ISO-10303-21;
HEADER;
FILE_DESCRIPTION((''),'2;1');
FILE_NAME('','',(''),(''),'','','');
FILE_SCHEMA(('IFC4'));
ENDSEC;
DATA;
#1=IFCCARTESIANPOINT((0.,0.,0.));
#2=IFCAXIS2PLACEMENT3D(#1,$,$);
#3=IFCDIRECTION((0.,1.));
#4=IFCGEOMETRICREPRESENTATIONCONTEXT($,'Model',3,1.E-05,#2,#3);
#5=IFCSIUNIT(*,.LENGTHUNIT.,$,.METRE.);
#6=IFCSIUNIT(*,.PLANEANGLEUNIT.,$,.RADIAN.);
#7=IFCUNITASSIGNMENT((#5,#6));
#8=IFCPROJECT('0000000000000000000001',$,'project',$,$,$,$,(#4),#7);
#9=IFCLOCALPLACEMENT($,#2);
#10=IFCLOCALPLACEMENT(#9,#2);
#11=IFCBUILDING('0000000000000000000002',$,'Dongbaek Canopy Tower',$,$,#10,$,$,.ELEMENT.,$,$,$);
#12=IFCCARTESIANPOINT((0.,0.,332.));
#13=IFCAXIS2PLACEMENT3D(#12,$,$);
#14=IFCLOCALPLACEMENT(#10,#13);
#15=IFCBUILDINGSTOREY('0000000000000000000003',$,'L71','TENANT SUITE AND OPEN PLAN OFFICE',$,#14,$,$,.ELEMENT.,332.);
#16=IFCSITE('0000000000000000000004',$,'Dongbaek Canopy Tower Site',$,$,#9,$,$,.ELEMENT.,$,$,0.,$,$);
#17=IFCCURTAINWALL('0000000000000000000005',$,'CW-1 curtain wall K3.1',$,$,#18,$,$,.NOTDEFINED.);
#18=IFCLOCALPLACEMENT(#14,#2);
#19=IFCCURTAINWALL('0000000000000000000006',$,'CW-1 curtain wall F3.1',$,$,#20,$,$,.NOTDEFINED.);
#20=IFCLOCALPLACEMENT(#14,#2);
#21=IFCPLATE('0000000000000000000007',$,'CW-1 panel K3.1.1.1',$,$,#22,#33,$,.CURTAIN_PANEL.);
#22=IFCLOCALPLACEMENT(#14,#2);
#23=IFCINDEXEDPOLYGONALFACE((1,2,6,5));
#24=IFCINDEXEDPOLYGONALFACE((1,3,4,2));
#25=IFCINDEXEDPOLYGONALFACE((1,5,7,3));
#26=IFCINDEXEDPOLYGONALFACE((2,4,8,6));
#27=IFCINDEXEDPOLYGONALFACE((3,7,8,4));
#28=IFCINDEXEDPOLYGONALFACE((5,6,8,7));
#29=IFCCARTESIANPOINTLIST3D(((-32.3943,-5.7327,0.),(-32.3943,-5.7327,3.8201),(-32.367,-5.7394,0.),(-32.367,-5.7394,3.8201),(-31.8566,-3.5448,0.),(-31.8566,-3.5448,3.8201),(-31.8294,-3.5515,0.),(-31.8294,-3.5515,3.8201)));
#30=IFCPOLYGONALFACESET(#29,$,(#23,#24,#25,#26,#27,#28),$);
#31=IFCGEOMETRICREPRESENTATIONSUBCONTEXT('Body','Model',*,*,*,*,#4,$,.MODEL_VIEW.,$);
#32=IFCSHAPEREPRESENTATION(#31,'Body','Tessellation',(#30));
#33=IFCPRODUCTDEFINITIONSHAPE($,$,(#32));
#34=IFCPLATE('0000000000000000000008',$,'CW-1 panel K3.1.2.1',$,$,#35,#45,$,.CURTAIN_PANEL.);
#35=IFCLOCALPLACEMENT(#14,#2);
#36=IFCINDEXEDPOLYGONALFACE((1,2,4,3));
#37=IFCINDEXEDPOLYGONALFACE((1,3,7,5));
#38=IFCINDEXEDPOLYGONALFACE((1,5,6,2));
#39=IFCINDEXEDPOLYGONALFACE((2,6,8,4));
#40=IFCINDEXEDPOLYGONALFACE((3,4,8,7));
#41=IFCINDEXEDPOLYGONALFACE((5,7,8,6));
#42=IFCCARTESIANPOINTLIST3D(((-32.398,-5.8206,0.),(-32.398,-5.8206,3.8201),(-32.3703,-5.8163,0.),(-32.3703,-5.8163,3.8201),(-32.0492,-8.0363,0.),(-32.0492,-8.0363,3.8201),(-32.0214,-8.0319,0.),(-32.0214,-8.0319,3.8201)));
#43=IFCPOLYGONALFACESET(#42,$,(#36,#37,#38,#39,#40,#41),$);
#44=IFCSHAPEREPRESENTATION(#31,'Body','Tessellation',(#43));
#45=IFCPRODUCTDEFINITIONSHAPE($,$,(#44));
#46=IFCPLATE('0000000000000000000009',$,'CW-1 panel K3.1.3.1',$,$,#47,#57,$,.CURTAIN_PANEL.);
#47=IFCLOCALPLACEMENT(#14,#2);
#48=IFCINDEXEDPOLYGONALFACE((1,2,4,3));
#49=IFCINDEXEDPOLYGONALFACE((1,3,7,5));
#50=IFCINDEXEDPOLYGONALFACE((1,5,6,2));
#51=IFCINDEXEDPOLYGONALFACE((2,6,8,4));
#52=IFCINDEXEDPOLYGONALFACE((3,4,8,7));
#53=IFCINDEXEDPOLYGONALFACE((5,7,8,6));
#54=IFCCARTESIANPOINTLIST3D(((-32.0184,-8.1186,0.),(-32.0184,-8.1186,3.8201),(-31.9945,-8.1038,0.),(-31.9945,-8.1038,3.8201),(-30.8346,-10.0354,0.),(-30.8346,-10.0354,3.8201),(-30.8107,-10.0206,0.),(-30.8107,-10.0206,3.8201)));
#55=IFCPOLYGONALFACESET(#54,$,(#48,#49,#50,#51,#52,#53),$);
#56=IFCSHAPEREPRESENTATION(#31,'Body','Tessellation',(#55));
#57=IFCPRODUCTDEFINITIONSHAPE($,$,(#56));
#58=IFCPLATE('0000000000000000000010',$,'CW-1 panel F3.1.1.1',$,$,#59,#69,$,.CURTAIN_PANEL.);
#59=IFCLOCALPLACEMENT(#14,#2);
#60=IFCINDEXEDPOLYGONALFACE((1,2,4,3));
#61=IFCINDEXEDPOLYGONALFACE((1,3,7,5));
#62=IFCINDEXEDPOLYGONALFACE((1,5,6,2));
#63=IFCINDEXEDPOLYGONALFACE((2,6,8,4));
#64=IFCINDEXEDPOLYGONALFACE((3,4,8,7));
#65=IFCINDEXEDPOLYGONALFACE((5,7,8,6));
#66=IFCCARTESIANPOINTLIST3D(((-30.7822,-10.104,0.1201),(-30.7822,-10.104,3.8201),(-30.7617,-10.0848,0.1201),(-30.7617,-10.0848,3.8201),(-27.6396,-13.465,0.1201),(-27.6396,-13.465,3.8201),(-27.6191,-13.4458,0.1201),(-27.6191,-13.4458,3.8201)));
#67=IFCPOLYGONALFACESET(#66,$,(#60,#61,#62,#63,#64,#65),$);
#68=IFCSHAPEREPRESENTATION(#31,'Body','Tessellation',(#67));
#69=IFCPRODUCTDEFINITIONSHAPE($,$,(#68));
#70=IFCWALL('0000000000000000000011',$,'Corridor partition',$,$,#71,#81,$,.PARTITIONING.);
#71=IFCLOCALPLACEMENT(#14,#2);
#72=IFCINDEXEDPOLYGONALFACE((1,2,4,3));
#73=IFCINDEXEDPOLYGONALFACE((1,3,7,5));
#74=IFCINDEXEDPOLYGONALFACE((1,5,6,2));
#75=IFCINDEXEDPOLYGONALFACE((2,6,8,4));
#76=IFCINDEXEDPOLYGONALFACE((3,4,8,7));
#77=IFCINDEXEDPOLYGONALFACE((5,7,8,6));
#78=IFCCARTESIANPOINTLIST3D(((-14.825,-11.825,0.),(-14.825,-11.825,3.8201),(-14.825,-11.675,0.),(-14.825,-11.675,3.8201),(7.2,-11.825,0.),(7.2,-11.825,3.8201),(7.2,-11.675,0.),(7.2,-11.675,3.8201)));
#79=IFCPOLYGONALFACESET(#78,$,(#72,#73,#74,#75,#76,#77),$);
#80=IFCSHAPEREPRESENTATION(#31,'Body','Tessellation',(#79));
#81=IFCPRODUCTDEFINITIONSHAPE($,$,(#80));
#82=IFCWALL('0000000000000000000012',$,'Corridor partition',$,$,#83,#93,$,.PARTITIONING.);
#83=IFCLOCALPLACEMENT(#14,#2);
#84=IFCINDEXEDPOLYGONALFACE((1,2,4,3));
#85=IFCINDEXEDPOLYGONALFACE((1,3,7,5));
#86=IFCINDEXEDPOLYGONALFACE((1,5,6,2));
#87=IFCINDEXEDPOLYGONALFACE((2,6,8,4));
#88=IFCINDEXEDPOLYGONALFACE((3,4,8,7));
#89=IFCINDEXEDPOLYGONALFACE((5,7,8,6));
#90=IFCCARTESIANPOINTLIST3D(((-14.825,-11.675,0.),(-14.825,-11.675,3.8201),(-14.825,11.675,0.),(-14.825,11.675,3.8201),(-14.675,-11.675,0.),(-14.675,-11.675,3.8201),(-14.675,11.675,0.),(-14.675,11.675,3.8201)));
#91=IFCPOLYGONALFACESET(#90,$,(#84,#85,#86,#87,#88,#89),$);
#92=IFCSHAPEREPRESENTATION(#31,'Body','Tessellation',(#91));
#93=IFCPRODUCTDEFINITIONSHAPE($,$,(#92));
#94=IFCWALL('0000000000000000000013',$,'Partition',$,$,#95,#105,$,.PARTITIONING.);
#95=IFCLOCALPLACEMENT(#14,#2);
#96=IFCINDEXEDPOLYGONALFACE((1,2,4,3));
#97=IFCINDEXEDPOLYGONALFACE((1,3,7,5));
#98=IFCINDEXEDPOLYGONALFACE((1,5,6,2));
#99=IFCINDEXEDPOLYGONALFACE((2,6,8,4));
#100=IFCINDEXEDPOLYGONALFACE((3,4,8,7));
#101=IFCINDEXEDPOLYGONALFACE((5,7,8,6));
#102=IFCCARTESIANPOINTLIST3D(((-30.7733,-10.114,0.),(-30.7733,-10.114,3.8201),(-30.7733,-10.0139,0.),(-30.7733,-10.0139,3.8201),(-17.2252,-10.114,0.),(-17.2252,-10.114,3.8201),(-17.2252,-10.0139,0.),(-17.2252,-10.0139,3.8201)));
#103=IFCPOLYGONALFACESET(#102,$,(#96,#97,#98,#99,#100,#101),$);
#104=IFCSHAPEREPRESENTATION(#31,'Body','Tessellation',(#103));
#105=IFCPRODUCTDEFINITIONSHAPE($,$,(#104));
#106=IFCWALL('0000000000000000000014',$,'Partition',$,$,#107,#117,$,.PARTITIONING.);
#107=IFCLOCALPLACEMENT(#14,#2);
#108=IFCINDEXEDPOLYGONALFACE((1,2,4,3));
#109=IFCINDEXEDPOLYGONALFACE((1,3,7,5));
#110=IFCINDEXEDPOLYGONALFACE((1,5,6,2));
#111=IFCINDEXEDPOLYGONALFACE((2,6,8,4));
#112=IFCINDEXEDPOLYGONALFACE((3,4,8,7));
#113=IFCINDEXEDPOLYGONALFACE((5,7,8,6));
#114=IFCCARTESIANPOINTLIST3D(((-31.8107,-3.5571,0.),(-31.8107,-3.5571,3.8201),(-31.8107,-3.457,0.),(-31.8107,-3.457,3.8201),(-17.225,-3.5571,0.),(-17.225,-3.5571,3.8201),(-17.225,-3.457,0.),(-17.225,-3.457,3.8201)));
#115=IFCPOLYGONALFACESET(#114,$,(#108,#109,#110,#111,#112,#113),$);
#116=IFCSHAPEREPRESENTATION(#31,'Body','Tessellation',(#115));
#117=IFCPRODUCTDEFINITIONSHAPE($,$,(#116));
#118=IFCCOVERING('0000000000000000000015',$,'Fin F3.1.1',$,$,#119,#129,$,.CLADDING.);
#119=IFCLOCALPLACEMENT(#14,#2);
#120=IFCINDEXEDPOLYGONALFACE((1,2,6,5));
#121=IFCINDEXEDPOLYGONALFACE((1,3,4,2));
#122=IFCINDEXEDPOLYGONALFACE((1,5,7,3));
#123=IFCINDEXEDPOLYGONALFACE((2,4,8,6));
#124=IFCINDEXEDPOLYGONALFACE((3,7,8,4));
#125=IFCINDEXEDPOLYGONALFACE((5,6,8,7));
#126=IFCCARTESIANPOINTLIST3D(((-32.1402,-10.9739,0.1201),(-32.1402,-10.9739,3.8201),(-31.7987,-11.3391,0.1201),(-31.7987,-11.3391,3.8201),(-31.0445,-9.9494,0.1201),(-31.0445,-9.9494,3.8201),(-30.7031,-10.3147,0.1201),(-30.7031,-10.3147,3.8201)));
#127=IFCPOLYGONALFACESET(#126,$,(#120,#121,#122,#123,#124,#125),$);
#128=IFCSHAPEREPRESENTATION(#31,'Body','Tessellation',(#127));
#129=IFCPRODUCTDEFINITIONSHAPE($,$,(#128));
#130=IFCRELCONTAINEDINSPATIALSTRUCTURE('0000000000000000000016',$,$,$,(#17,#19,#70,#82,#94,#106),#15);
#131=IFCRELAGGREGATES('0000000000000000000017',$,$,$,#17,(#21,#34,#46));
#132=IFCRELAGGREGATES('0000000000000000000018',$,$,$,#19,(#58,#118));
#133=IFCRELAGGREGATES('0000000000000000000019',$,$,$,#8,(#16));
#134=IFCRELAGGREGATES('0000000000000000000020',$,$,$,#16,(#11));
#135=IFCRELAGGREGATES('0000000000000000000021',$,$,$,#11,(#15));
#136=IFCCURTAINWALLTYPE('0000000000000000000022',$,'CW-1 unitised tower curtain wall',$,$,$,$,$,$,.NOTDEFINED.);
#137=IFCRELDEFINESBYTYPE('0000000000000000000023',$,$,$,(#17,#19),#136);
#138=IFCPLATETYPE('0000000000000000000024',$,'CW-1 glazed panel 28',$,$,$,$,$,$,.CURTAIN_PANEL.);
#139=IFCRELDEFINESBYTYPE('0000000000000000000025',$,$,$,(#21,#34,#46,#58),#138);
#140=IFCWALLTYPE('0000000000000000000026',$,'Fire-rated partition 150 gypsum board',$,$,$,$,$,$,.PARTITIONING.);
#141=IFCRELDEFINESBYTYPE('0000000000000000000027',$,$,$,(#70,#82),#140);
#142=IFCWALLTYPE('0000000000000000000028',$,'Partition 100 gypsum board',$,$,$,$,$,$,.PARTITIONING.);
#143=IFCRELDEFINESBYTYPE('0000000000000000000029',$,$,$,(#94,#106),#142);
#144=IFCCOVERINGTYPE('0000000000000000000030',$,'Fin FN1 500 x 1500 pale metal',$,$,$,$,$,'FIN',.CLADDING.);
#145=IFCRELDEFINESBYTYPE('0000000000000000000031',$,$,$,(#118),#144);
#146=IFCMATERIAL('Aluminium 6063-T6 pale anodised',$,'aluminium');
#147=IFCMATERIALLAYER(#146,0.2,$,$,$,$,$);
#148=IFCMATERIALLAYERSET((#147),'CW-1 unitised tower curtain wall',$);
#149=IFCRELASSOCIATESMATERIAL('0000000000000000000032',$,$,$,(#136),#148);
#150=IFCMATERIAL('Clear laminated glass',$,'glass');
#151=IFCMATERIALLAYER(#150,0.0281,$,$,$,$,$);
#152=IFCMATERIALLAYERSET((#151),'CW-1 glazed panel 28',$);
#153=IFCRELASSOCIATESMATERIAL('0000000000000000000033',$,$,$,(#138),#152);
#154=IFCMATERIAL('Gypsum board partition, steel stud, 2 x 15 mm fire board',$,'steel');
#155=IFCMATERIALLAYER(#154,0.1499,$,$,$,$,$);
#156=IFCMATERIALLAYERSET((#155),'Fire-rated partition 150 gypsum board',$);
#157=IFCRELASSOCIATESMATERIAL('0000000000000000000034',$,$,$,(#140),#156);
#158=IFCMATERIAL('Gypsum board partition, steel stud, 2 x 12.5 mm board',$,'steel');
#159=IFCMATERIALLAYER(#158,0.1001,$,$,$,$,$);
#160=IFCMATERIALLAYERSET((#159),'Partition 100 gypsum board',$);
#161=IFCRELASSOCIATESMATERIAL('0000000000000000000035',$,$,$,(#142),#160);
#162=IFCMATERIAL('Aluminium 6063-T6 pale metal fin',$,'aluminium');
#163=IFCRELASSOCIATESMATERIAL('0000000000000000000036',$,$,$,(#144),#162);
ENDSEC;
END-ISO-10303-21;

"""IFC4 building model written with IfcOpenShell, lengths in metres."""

from ifc_helpers import new_model, si_unit, direction, frame, frame_2d, origin, origin_2d, place, context, subcontext, project, spatial, rectangle, extrude, material, layer, layer_set, material_profile, profile_set, type_object, element, aggregate, save


model = new_model("IFC4")

# Units and contexts
model_context = context("Model", 3, precision=1e-05, world=origin(), true_north=direction((0.0, 1.0)))
body_context = subcontext(model_context, "Body", "Model", "MODEL_VIEW")
ifc_project = project(units=[si_unit("LENGTHUNIT", "METRE"), si_unit("PLANEANGLEUNIT", "RADIAN")], contexts=[model_context])

# Site, building, storey
site_placement = place(None, origin())
site = spatial("IfcSite", under=ifc_project, at=site_placement, Name="Dongbaek Canopy Tower Site", CompositionType="ELEMENT", RefElevation=0.0)
building_placement = place(site_placement, origin())
building = spatial("IfcBuilding", under=site, at=building_placement, Name="Dongbaek Canopy Tower", CompositionType="ELEMENT")
storey_placement = place(building_placement, frame((0.0, 0.0, 332.0)))
storey = spatial("IfcBuildingStorey", under=building, at=storey_placement, Name="L71", Description="TENANT SUITE AND OPEN PLAN OFFICE", CompositionType="ELEMENT", Elevation=332.0)

# Curtain wall
ifc_material_1 = material(Name="Aluminium 6063-T6 pale anodised", Category="aluminium")
ifc_layer_1 = layer(ifc_material_1, 0.2)
ifc_layer_set_1 = layer_set([ifc_layer_1], Name="CW-1 unitised tower curtain wall")
curtain_wall_type = type_object("IfcCurtainWallType", Name="CW-1 unitised tower curtain wall", PredefinedType="NOTDEFINED", material=ifc_layer_set_1)
curtain_wall_1_placement = place(storey_placement, origin())
curtain_wall_1 = element("IfcCurtainWall", 1, at=curtain_wall_1_placement, inside=storey, type_object=curtain_wall_type, Name="CW-1 curtain wall K3.1", PredefinedType="NOTDEFINED")

# Curtain wall
curtain_wall_2_placement = place(storey_placement, origin())
curtain_wall_2 = element("IfcCurtainWall", 2, at=curtain_wall_2_placement, inside=storey, type_object=curtain_wall_type, Name="CW-1 curtain wall F3.1", PredefinedType="NOTDEFINED")

# Plates
ifc_material_2 = material(Name="Clear laminated glass", Category="glass")
ifc_layer_2 = layer(ifc_material_2, 0.0281)
ifc_layer_set_2 = layer_set([ifc_layer_2], Name="CW-1 glazed panel 28")
plate_type = type_object("IfcPlateType", Name="CW-1 glazed panel 28", PredefinedType="CURTAIN_PANEL", material=ifc_layer_set_2)
plate_1_placement = place(storey_placement, frame((-32.1118, -4.6421, 0.0), z_axis=(0.0, 0.0, 1.0), x_axis=(-0.238632, -0.97111, 0.0)))
plate_1 = element("IfcPlate", 3, at=plate_1_placement, type_object=plate_type, Name="CW-1 panel K3.1.1.1", PredefinedType="CURTAIN_PANEL", context=body_context, shape_type="SweptSolid", body=[
    extrude(rectangle(XDim=2.2529, YDim=0.0281, at=origin_2d()), origin(), (0.0, 0.0, 1.0), 3.8201),
])
plate_2_placement = place(storey_placement, frame((-32.2097, -6.9263, 0.0), z_axis=(0.0, 0.0, 1.0), x_axis=(0.155525, -0.987832, 0.0)))
plate_2 = element("IfcPlate", 4, at=plate_2_placement, type_object=plate_type, Name="CW-1 panel K3.1.2.1", PredefinedType="CURTAIN_PANEL", context=body_context, shape_type="SweptSolid", body=[
    extrude(rectangle(XDim=2.2429, YDim=0.0281, at=origin_2d()), origin(), (0.0, 0.0, 1.0), 3.8201),
])
plate_3_placement = place(storey_placement, frame((-31.4146, -9.0696, 0.0), z_axis=(0.0, 0.0, 1.0), x_axis=(0.525476, -0.850808, 0.0)))
plate_3 = element("IfcPlate", 5, at=plate_3_placement, type_object=plate_type, Name="CW-1 panel K3.1.3.1", PredefinedType="CURTAIN_PANEL", context=body_context, shape_type="SweptSolid", body=[
    extrude(rectangle(XDim=2.2529, YDim=0.0281, at=origin_2d()), origin(), (0.0, 0.0, 1.0), 3.8201),
])
aggregate(curtain_wall_1, [plate_1, plate_2, plate_3])
plate_4_placement = place(storey_placement, frame((-29.2007, -11.7749, 0.1201), z_axis=(0.0, 0.0, 1.0), x_axis=(0.682979, -0.730438, 0.0)))
plate_4 = element("IfcPlate", 6, at=plate_4_placement, type_object=plate_type, Name="CW-1 panel F3.1.1.1", PredefinedType="CURTAIN_PANEL", context=body_context, shape_type="SweptSolid", body=[
    extrude(rectangle(XDim=4.6013, YDim=0.0281, at=origin_2d()), origin(), (0.0, 0.0, 1.0), 3.7),
])

# Walls
ifc_material_3 = material(Name="Gypsum board partition, steel stud, 2 x 15 mm fire board", Category="steel")
ifc_layer_3 = layer(ifc_material_3, 0.1499)
ifc_layer_set_3 = layer_set([ifc_layer_3], Name="Fire-rated partition 150 gypsum board")
wall_type_1 = type_object("IfcWallType", Name="Fire-rated partition 150 gypsum board", PredefinedType="PARTITIONING", material=ifc_layer_set_3)
wall_1_placement = place(storey_placement, frame((-14.825, -11.75, 0.0), z_axis=(0.0, 0.0, 1.0), x_axis=(1.0, 0.0, 0.0)))
element("IfcWall", 7, at=wall_1_placement, inside=storey, type_object=wall_type_1, Name="Corridor partition", PredefinedType="PARTITIONING", context=body_context, shape_type="SweptSolid", body=[
    extrude(rectangle(XDim=22.0249, YDim=0.1499, at=frame_2d((11.0125, 0.0))), origin(), (0.0, 0.0, 1.0), 3.8201),
])
wall_2_placement = place(storey_placement, frame((-14.75, -11.675, 0.0), z_axis=(0.0, 0.0, 1.0), x_axis=(0.0, 1.0, 0.0)))
element("IfcWall", 8, at=wall_2_placement, inside=storey, type_object=wall_type_1, Name="Corridor partition", PredefinedType="PARTITIONING", context=body_context, shape_type="SweptSolid", body=[
    extrude(rectangle(XDim=23.3501, YDim=0.1499, at=frame_2d((11.675, 0.0))), origin(), (0.0, 0.0, 1.0), 3.8201),
])
ifc_material_4 = material(Name="Gypsum board partition, steel stud, 2 x 12.5 mm board", Category="steel")
ifc_layer_4 = layer(ifc_material_4, 0.1001)
ifc_layer_set_4 = layer_set([ifc_layer_4], Name="Partition 100 gypsum board")
wall_type_2 = type_object("IfcWallType", Name="Partition 100 gypsum board", PredefinedType="PARTITIONING", material=ifc_layer_set_4)
wall_3_placement = place(storey_placement, frame((-30.7732, -10.064, 0.0), z_axis=(0.0, 0.0, 1.0), x_axis=(1.0, 0.0, 0.0)))
element("IfcWall", 9, at=wall_3_placement, inside=storey, type_object=wall_type_2, Name="Partition", PredefinedType="PARTITIONING", context=body_context, shape_type="SweptSolid", body=[
    extrude(rectangle(XDim=13.5481, YDim=0.1001, at=frame_2d((6.7739, 0.0))), origin(), (0.0, 0.0, 1.0), 3.8201),
])
wall_4_placement = place(storey_placement, frame((-31.8108, -3.5071, 0.0), z_axis=(0.0, 0.0, 1.0), x_axis=(1.0, 0.0, 0.0)))
element("IfcWall", 10, at=wall_4_placement, inside=storey, type_object=wall_type_2, Name="Partition", PredefinedType="PARTITIONING", context=body_context, shape_type="SweptSolid", body=[
    extrude(rectangle(XDim=14.5857, YDim=0.1001, at=frame_2d((7.293, 0.0))), origin(), (0.0, 0.0, 1.0), 3.8201),
])

# Covering
ifc_material_5 = material(Name="Aluminium 6063-T6 pale metal fin", Category="aluminium")
ifc_material_profile_1 = material_profile(ifc_material_5, rectangle(XDim=1.5, YDim=0.5, at=origin_2d()), Name="Fin FN1 500 x 1500 pale metal")
ifc_profile_set_1 = profile_set([ifc_material_profile_1], Name="Aluminium 6063-T6 pale metal fin")
covering_type = type_object("IfcCoveringType", Name="Fin FN1 500 x 1500 pale metal", ElementType="FIN", PredefinedType="CLADDING", material=ifc_profile_set_1)
covering_placement = place(storey_placement, frame((-31.4216, -10.6443, 0.1201), z_axis=(0.0, 0.0, 1.0), x_axis=(-0.730438, -0.682979, 0.0)))
covering = element("IfcCovering", 11, at=covering_placement, type_object=covering_type, Name="Fin F3.1.1", PredefinedType="CLADDING", context=body_context, shape_type="SweptSolid", body=[
    extrude(rectangle(XDim=1.5, YDim=0.5, at=origin_2d()), origin(), (0.0, 0.0, 1.0), 3.7),
])
aggregate(curtain_wall_2, [plate_4, covering])

save(model, "model.ifc")
